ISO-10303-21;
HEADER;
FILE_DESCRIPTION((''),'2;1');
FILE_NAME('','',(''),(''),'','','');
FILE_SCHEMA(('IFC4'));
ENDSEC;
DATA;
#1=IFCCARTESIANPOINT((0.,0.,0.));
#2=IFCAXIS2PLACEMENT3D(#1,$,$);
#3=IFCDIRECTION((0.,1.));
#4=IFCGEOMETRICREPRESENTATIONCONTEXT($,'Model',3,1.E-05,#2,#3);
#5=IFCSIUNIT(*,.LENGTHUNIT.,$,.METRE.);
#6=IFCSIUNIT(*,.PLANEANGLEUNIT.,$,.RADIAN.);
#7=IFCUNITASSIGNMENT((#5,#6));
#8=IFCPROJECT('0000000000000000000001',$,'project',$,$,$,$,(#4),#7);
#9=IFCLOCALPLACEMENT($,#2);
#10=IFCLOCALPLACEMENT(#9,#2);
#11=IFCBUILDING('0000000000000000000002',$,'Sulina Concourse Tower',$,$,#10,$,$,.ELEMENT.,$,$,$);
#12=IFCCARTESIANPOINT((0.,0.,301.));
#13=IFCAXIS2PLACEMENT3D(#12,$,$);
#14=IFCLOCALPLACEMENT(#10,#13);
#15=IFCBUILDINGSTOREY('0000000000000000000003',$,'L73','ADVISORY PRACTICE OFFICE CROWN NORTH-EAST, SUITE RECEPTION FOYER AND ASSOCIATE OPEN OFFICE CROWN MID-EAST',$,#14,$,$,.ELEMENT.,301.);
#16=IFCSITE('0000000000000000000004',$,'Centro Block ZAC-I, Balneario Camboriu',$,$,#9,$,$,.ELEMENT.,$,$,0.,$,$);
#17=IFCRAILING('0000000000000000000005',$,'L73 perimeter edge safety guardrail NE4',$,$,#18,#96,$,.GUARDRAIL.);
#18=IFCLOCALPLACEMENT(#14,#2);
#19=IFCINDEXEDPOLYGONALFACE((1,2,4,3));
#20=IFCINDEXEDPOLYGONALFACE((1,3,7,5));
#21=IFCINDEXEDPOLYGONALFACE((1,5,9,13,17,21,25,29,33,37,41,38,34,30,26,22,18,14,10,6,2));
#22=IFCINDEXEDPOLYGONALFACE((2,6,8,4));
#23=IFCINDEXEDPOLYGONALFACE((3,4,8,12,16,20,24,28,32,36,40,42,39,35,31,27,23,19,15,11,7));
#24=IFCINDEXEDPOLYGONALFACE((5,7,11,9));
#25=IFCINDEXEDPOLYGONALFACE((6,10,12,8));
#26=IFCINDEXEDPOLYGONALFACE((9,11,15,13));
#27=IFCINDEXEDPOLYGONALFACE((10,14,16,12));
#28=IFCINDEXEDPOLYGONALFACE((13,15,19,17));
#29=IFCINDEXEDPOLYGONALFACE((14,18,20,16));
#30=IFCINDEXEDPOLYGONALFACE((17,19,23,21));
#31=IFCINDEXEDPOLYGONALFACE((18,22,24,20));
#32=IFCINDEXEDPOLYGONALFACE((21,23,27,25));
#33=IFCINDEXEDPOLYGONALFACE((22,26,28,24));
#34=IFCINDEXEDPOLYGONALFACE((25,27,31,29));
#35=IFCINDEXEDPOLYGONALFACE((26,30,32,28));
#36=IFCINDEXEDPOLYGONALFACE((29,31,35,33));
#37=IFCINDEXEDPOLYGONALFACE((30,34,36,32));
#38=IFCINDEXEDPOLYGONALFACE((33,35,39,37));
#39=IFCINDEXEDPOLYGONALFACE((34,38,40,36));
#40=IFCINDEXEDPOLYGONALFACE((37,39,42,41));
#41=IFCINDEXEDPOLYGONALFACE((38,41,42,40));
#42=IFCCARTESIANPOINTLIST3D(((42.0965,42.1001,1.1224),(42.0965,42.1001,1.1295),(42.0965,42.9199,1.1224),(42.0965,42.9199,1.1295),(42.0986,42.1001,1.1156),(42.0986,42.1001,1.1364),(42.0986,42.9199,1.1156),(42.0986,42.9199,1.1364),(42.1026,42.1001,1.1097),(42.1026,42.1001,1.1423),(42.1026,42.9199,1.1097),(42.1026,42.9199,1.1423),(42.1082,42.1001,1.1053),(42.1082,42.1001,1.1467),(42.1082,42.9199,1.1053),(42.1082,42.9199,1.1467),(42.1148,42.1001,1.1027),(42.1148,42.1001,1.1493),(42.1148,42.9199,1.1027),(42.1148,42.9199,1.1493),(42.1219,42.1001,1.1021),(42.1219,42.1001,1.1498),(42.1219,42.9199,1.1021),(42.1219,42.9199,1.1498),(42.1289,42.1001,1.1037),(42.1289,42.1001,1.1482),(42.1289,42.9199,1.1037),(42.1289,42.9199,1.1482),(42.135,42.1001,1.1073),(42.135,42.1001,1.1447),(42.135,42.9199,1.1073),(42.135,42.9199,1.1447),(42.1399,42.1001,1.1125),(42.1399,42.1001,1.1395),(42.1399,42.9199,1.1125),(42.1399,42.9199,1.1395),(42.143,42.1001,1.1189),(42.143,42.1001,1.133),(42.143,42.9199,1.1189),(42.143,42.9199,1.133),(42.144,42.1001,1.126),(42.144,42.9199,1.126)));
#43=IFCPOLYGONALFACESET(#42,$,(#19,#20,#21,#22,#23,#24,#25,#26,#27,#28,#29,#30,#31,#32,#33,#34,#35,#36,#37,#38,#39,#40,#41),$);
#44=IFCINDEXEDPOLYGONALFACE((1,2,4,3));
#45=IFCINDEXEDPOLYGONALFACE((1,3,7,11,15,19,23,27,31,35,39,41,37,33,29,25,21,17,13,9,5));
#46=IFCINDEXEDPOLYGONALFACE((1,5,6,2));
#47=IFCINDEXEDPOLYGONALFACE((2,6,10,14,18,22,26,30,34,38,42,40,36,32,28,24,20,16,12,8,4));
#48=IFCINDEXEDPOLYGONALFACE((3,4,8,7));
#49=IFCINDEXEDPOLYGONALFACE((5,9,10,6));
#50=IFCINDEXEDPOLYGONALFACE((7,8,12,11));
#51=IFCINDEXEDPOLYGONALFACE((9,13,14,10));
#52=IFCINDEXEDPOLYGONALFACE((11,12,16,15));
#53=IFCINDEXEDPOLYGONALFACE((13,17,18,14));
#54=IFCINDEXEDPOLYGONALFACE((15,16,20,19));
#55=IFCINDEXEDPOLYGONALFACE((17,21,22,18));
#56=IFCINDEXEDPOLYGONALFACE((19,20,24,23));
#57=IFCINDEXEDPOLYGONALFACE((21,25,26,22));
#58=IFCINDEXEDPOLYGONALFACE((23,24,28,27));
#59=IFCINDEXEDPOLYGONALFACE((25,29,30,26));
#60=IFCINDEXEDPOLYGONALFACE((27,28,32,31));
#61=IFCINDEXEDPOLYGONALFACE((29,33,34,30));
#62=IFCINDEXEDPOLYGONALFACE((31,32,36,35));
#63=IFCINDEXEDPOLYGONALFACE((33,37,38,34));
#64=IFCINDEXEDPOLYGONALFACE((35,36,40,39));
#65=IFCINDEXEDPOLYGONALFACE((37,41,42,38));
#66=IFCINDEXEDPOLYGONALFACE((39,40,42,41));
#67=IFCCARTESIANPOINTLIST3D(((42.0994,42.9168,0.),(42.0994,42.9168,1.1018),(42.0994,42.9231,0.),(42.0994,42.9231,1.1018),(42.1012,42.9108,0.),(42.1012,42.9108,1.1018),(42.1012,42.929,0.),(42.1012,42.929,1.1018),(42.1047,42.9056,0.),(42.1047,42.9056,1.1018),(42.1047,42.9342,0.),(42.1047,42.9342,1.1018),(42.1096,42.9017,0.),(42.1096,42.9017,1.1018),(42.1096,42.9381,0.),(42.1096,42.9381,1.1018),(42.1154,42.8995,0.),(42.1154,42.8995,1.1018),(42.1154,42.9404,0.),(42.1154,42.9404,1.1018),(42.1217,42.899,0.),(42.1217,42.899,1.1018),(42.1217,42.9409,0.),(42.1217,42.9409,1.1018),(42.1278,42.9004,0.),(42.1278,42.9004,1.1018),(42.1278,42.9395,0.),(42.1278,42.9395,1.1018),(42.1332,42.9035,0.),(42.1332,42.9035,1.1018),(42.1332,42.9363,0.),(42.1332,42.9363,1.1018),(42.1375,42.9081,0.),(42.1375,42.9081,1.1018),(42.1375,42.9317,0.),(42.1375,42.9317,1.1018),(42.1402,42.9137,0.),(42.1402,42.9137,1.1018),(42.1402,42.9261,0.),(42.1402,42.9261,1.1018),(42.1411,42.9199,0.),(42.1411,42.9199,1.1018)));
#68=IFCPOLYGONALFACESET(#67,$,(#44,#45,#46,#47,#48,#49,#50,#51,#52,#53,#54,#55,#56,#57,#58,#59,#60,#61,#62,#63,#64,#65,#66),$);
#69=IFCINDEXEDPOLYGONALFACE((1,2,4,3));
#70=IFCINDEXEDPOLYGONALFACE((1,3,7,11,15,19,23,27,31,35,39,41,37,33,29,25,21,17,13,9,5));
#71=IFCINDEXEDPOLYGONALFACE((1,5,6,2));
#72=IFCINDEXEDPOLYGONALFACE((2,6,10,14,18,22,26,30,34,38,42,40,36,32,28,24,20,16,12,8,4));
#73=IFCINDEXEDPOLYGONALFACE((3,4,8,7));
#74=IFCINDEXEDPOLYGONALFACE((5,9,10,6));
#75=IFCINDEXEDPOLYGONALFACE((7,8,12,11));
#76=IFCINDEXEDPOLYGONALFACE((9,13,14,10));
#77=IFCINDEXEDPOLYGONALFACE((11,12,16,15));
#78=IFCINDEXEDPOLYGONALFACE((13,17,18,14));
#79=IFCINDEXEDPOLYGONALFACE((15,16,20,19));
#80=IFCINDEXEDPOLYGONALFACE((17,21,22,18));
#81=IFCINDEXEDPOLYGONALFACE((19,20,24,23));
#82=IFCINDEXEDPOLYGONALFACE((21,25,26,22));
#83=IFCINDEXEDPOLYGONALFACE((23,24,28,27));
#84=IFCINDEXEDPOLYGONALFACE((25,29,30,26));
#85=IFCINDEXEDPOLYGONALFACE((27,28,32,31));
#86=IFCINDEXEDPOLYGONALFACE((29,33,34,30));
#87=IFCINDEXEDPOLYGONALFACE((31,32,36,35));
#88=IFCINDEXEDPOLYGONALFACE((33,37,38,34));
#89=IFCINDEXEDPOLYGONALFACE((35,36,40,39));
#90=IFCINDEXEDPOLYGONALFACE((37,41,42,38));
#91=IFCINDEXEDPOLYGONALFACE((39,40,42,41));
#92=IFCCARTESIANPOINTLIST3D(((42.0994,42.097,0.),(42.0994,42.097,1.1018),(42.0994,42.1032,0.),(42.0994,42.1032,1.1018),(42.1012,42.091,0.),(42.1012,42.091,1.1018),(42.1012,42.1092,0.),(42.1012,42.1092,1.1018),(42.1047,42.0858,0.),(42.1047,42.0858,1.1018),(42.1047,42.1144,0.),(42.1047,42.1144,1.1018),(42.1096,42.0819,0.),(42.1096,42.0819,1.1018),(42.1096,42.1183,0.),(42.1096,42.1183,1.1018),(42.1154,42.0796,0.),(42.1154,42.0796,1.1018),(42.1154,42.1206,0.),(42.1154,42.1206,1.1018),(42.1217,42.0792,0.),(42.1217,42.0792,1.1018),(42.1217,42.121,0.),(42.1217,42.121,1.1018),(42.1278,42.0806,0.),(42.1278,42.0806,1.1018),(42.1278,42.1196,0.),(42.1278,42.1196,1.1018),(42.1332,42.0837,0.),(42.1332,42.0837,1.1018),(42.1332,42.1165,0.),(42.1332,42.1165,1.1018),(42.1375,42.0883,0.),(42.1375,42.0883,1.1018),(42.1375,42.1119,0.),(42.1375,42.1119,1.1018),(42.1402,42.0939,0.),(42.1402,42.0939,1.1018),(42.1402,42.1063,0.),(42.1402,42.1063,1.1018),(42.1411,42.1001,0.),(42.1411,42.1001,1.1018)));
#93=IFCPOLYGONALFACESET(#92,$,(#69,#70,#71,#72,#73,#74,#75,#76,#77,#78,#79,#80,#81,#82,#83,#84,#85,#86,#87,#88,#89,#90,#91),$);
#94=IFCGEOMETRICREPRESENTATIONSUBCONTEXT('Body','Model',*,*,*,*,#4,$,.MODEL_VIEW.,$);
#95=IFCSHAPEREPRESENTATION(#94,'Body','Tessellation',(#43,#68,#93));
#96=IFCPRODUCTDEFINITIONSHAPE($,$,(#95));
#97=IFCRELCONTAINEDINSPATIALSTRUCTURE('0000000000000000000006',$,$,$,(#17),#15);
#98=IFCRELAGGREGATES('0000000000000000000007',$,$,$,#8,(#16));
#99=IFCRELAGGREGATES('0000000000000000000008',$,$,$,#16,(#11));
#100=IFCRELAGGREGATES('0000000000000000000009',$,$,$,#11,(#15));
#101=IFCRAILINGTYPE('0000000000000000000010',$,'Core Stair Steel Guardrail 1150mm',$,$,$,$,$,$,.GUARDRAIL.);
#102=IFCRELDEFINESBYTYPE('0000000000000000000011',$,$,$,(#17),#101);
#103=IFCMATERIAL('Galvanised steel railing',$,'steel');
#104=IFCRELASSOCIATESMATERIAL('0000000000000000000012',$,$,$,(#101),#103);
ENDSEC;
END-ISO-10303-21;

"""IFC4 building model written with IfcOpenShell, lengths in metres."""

from ifc_helpers import new_model, si_unit, direction, frame, origin, origin_2d, place, context, subcontext, project, spatial, circle, extrude, material, type_object, element, save


model = new_model("IFC4")

# Units and contexts
model_context = context("Model", 3, precision=1e-05, world=origin(), true_north=direction((0.0, 1.0)))
body_context = subcontext(model_context, "Body", "Model", "MODEL_VIEW")
ifc_project = project(units=[si_unit("LENGTHUNIT", "METRE"), si_unit("PLANEANGLEUNIT", "RADIAN")], contexts=[model_context])

# Site, building, storey
site_placement = place(None, origin())
site = spatial("IfcSite", under=ifc_project, at=site_placement, Name="Centro Block ZAC-I, Balneario Camboriu", CompositionType="ELEMENT", RefElevation=0.0)
building_placement = place(site_placement, origin())
building = spatial("IfcBuilding", under=site, at=building_placement, Name="Sulina Concourse Tower", CompositionType="ELEMENT")
storey_placement = place(building_placement, frame((0.0, 0.0, 301.0)))
storey = spatial("IfcBuildingStorey", under=building, at=storey_placement, Name="L73", Description="ADVISORY PRACTICE OFFICE CROWN NORTH-EAST, SUITE RECEPTION FOYER AND ASSOCIATE OPEN OFFICE CROWN MID-EAST", CompositionType="ELEMENT", Elevation=301.0)

# Railing
ifc_material_1 = material(Name="Galvanised steel railing", Category="steel")
railing_type = type_object("IfcRailingType", Name="Core Stair Steel Guardrail 1150mm", PredefinedType="GUARDRAIL", material=ifc_material_1)
railing_1_placement = place(storey_placement, frame((42.1201, 42.9199, 0.0)))
element("IfcRailing", 1, at=railing_1_placement, inside=storey, type_object=railing_type, Name="L73 perimeter edge safety guardrail NE4", PredefinedType="GUARDRAIL", context=body_context, shape_type="SweptSolid", body=[
    extrude(circle(Radius=0.0239, at=origin_2d()), frame((0.0, 0.0, 1.126), z_axis=(0.0, -1.0, 0.0), x_axis=(1.0, 0.0, 0.0)), (0.0, 0.0, 1.0), 0.8198),
    extrude(circle(Radius=0.021, at=origin_2d()), origin(), (0.0, 0.0, 1.0), 1.1018),
    extrude(circle(Radius=0.021, at=origin_2d()), frame((0.0, -0.8198, 0.0)), (0.0, 0.0, 1.0), 1.1018),
])

save(model, "model.ifc")
